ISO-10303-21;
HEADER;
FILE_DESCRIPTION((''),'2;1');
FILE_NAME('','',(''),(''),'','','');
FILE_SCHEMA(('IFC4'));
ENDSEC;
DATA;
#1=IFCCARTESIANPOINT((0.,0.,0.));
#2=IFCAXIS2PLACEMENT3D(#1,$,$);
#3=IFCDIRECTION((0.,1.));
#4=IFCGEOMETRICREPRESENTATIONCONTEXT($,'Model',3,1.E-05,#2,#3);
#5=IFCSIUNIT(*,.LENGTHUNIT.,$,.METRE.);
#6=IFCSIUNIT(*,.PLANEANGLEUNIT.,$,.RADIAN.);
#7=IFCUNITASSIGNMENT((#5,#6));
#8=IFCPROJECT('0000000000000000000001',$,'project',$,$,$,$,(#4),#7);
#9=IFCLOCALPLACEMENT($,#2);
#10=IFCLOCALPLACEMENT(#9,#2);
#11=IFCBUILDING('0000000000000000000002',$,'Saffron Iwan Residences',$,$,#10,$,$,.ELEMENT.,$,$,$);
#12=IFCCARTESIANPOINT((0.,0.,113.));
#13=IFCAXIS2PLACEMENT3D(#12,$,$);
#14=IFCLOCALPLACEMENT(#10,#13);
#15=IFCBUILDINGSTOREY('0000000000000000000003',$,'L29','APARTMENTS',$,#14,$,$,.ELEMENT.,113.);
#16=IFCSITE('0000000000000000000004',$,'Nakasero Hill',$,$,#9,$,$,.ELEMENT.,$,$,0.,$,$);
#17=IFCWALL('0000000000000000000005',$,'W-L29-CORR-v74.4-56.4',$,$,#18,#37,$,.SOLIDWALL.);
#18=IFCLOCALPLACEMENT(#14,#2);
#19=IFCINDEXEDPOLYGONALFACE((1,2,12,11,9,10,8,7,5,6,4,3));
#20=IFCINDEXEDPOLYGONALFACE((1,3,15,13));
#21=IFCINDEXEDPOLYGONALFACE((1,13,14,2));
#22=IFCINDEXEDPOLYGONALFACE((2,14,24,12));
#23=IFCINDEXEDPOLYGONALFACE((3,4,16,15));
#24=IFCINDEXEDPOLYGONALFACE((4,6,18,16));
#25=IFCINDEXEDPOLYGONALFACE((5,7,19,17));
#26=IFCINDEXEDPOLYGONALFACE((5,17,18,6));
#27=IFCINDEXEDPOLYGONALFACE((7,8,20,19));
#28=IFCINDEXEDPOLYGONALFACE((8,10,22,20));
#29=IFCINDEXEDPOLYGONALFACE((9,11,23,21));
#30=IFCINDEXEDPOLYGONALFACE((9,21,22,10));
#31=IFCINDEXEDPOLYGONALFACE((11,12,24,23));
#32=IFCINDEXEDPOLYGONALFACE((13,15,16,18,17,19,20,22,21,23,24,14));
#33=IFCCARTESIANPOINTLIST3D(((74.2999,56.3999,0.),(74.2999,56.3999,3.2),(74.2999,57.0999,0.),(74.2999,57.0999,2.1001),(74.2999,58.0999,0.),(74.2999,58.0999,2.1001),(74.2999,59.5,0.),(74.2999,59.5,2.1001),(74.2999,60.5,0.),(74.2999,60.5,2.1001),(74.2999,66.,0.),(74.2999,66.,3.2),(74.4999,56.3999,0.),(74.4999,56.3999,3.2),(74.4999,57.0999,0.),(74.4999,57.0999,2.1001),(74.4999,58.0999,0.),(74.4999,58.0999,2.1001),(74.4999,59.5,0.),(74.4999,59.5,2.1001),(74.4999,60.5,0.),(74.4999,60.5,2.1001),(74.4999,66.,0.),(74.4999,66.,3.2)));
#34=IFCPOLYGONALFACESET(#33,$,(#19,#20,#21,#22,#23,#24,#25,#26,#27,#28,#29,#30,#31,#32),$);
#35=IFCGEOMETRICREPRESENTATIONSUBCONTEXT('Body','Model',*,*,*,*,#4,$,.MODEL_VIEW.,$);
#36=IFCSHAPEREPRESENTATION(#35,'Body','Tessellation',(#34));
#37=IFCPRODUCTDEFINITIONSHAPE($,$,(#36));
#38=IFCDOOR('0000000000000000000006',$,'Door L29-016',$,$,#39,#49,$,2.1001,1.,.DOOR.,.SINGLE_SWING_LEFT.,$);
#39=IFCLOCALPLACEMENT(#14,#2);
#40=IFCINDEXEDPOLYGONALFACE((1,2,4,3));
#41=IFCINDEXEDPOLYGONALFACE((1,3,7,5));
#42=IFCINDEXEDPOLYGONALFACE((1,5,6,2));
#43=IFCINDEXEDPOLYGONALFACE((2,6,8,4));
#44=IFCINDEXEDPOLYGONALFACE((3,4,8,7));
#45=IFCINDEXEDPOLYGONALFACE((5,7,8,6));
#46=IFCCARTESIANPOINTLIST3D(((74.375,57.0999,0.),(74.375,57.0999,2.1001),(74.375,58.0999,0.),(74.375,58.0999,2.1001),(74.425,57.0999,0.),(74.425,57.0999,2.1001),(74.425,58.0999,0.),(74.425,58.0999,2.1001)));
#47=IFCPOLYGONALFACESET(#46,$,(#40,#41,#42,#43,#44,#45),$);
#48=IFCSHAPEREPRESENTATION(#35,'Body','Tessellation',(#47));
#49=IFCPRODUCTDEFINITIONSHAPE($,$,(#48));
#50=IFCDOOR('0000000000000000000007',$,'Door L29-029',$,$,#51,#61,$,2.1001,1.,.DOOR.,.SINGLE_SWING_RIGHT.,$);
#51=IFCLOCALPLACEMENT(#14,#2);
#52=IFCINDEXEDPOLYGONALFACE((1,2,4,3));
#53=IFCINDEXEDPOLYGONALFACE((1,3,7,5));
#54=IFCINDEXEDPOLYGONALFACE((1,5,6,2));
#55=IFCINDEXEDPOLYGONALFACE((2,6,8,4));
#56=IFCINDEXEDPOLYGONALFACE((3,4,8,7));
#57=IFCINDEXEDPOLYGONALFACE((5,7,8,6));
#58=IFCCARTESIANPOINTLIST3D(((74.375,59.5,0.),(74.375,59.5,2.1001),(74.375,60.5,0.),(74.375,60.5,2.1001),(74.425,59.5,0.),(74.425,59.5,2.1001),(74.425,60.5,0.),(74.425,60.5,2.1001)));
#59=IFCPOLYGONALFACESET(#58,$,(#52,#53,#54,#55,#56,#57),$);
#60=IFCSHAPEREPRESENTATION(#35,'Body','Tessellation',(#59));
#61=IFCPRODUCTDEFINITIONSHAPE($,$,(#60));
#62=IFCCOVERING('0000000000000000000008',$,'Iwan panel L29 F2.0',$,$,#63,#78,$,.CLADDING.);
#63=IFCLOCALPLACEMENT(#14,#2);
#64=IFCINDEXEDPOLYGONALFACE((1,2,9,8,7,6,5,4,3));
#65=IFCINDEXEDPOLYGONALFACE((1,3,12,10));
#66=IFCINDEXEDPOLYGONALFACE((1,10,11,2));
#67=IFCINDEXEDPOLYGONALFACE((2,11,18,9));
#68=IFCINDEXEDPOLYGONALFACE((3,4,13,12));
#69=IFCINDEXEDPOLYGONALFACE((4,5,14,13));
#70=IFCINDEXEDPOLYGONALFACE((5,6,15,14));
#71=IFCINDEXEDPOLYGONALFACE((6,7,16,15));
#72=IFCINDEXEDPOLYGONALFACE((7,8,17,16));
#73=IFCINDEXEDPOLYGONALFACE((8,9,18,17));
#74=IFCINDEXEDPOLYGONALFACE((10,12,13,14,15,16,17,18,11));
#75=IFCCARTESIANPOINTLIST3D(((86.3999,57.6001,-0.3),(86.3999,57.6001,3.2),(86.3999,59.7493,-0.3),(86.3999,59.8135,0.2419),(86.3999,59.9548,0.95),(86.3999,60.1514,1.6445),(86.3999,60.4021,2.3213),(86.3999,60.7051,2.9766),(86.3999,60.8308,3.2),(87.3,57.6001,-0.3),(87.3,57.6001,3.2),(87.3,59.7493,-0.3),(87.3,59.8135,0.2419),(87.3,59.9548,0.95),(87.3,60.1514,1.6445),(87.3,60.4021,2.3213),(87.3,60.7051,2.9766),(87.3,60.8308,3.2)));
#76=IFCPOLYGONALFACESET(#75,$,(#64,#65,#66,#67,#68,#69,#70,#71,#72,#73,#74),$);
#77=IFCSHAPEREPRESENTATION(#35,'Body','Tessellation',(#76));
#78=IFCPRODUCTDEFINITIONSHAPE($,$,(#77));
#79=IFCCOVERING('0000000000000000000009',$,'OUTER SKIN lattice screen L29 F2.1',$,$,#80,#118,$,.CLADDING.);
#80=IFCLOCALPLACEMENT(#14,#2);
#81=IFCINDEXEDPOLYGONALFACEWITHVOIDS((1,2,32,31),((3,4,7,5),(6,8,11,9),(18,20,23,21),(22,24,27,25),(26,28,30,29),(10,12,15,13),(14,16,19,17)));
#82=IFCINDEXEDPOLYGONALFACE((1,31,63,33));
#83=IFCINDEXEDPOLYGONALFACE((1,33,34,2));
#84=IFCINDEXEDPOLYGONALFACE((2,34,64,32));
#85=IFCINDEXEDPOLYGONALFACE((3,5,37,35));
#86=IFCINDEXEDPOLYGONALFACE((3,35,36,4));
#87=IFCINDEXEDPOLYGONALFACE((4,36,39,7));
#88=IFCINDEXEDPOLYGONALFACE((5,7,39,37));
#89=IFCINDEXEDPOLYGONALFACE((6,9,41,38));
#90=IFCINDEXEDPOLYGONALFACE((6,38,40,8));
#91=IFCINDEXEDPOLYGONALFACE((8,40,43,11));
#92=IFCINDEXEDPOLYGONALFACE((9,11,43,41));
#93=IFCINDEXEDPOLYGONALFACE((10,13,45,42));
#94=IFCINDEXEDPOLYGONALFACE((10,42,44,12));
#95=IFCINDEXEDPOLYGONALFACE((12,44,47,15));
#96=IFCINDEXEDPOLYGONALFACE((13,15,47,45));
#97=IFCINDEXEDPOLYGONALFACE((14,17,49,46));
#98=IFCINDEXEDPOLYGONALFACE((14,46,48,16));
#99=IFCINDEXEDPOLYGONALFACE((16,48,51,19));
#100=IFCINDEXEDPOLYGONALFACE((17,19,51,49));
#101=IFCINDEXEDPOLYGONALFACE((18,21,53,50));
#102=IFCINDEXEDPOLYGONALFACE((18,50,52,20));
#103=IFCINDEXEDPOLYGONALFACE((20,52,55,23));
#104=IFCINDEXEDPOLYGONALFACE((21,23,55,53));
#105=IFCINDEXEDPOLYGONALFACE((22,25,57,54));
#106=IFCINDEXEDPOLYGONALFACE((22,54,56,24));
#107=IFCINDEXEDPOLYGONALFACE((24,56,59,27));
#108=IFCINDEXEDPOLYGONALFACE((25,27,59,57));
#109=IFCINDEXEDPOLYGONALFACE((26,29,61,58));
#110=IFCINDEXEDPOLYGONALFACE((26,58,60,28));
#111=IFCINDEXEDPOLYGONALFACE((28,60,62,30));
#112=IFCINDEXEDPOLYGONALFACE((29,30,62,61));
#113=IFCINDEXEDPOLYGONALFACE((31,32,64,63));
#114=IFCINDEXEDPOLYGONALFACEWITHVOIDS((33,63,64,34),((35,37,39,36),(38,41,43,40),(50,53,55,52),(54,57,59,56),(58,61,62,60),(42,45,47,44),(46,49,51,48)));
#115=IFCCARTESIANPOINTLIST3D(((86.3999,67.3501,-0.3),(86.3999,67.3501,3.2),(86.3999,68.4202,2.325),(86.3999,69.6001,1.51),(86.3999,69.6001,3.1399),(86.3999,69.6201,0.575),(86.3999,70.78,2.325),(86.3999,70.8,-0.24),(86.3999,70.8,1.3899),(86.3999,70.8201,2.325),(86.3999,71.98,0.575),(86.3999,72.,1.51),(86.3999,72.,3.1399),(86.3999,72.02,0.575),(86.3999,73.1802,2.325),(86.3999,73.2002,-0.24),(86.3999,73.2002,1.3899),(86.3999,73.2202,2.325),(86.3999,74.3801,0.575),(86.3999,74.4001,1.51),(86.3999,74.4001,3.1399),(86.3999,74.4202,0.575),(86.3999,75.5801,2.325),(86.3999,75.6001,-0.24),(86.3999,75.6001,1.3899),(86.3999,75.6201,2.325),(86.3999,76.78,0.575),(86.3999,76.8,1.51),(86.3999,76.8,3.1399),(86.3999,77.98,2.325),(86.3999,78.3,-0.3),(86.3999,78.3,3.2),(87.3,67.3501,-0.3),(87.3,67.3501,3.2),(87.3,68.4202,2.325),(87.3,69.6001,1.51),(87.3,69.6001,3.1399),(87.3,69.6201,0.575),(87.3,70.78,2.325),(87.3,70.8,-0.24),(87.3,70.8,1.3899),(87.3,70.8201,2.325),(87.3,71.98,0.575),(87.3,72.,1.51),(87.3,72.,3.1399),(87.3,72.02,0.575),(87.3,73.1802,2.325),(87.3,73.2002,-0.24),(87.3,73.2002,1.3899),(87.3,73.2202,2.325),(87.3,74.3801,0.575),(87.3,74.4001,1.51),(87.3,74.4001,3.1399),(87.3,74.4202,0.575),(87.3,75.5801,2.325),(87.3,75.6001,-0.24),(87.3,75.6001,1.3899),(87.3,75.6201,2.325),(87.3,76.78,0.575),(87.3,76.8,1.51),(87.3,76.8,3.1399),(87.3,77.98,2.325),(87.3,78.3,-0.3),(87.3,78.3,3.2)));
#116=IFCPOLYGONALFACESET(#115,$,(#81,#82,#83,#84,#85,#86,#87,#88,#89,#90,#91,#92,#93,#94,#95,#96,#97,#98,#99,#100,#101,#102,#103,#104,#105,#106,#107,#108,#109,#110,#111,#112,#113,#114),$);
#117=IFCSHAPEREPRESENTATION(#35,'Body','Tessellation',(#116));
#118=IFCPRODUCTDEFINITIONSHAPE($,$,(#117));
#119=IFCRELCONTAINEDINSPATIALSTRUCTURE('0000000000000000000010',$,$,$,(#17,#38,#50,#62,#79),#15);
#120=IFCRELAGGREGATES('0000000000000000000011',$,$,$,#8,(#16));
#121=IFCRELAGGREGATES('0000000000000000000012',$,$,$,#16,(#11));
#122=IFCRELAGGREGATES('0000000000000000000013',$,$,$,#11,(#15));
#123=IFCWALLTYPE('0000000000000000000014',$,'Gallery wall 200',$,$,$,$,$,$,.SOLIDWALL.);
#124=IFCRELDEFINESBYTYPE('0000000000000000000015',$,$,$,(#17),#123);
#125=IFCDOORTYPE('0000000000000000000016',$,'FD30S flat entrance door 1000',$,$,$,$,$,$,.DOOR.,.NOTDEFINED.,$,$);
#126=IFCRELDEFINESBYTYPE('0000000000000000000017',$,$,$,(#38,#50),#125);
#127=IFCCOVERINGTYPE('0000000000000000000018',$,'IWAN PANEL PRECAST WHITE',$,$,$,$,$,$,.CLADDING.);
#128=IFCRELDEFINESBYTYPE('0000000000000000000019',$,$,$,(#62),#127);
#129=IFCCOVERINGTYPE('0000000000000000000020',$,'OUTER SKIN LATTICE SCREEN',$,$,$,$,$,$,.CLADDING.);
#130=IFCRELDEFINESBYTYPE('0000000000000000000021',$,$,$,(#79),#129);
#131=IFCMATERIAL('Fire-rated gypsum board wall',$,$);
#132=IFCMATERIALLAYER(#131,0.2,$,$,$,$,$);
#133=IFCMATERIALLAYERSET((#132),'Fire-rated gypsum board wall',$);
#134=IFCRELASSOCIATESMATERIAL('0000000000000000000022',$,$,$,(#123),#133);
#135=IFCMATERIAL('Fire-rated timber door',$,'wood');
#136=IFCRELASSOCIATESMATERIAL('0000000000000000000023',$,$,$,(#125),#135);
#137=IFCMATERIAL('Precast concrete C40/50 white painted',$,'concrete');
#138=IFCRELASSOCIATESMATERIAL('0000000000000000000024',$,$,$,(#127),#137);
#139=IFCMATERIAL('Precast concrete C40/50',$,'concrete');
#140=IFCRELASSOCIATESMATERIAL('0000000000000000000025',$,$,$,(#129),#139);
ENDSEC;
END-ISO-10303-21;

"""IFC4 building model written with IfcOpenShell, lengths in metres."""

from ifc_helpers import new_model, si_unit, direction, frame, frame_2d, origin, place, context, subcontext, project, spatial, polyline, rectangle, outline, extrude, material, layer, layer_set, type_object, element, fill, save


model = new_model("IFC4")

# Units and contexts
model_context = context("Model", 3, precision=1e-05, world=origin(), true_north=direction((0.0, 1.0)))
body_context = subcontext(model_context, "Body", "Model", "MODEL_VIEW")
ifc_project = project(units=[si_unit("LENGTHUNIT", "METRE"), si_unit("PLANEANGLEUNIT", "RADIAN")], contexts=[model_context])

# Site, building, storey
site_placement = place(None, origin())
site = spatial("IfcSite", under=ifc_project, at=site_placement, Name="Nakasero Hill", CompositionType="ELEMENT", RefElevation=0.0)
building_placement = place(site_placement, origin())
building = spatial("IfcBuilding", under=site, at=building_placement, Name="Saffron Iwan Residences", CompositionType="ELEMENT")
storey_placement = place(building_placement, frame((0.0, 0.0, 113.0)))
storey = spatial("IfcBuildingStorey", under=building, at=storey_placement, Name="L29", Description="APARTMENTS", CompositionType="ELEMENT", Elevation=113.0)

# Shared definitions
ifc_material_1 = material(Name="Fire-rated gypsum board wall")

# Shared definitions
ifc_layer_1 = layer(ifc_material_1, 0.2)
ifc_layer_set_1 = layer_set([ifc_layer_1], Name="Fire-rated gypsum board wall")
wall_type_1 = type_object("IfcWallType", Name="Gallery wall 200", PredefinedType="SOLIDWALL", material=ifc_layer_set_1)

# Wall, openings, doors
wall_1_placement = place(storey_placement, frame((74.3999, 56.3999, 0.0), z_axis=(0.0, 0.0, 1.0), x_axis=(0.0, 1.0, 0.0)))
wall_1 = element("IfcWall", 1, at=wall_1_placement, inside=storey, type_object=wall_type_1, Name="W-L29-CORR-v74.4-56.4", PredefinedType="SOLIDWALL", context=body_context, shape_type="SweptSolid", body=[
    extrude(rectangle(XDim=9.6001, YDim=0.2, at=frame_2d((4.8, 0.0))), origin(), (0.0, 0.0, 1.0), 3.2),
])
opening_1_placement = place(wall_1_placement, frame((0.7, 0.0, 0.0)))
opening_1 = element("IfcOpeningElement", 2, at=opening_1_placement, cuts=wall_1, PredefinedType="OPENING", context=body_context, shape_type="SweptSolid", body=[
    extrude(rectangle(XDim=1.0, YDim=2.1001, at=frame_2d((0.5, 1.05))), frame((0.0, 0.1099, 0.0), z_axis=(0.0, -1.0, 0.0), x_axis=(1.0, 0.0, 0.0)), (0.0, 0.0, 1.0), 0.22),
])
opening_2_placement = place(wall_1_placement, frame((3.1001, 0.0, 0.0)))
opening_2 = element("IfcOpeningElement", 3, at=opening_2_placement, cuts=wall_1, PredefinedType="OPENING", context=body_context, shape_type="SweptSolid", body=[
    extrude(rectangle(XDim=1.0, YDim=2.1001, at=frame_2d((0.5, 1.05))), frame((0.0, 0.1099, 0.0), z_axis=(0.0, -1.0, 0.0), x_axis=(1.0, 0.0, 0.0)), (0.0, 0.0, 1.0), 0.22),
])
ifc_material_2 = material(Name="Fire-rated timber door", Category="wood")
door_type_1 = type_object("IfcDoorType", Name="FD30S flat entrance door 1000", OperationType="NOTDEFINED", PredefinedType="DOOR", material=ifc_material_2)
door_1_placement = place(opening_1_placement, origin())
door_1 = element("IfcDoor", 4, at=door_1_placement, inside=storey, type_object=door_type_1, Name="Door L29-016", OperationType="SINGLE_SWING_LEFT", OverallHeight=2.1001, OverallWidth=1.0, PredefinedType="DOOR", context=body_context, shape_type="SweptSolid", body=[
    extrude(rectangle(XDim=1.0, YDim=2.1001, at=frame_2d((0.5, 1.05))), frame((0.0, 0.0249, 0.0), z_axis=(0.0, -1.0, 0.0), x_axis=(1.0, 0.0, 0.0)), (0.0, 0.0, 1.0), 0.05),
])
fill(opening_1, door_1)
door_2_placement = place(opening_2_placement, origin())
door_2 = element("IfcDoor", 5, at=door_2_placement, inside=storey, type_object=door_type_1, Name="Door L29-029", OperationType="SINGLE_SWING_RIGHT", OverallHeight=2.1001, OverallWidth=1.0, PredefinedType="DOOR", context=body_context, shape_type="SweptSolid", body=[
    extrude(rectangle(XDim=1.0, YDim=2.1001, at=frame_2d((0.5, 1.05))), frame((0.0, 0.0249, 0.0), z_axis=(0.0, -1.0, 0.0), x_axis=(1.0, 0.0, 0.0)), (0.0, 0.0, 1.0), 0.05),
])
fill(opening_2, door_2)

# Coverings
ifc_material_3 = material(Name="Precast concrete C40/50 white painted", Category="concrete")
covering_type_1 = type_object("IfcCoveringType", Name="IWAN PANEL PRECAST WHITE", PredefinedType="CLADDING", material=ifc_material_3)
covering_1_placement = place(storey_placement, frame((86.3999, 57.6001, -0.3), z_axis=(1.0, 0.0, 0.0), x_axis=(0.0, 1.0, 0.0)))
element("IfcCovering", 6, at=covering_1_placement, inside=storey, type_object=covering_type_1, Name="Iwan panel L29 F2.0", PredefinedType="CLADDING", context=body_context, shape_type="SweptSolid", body=[
    extrude(outline(polyline([(0.0, 0.0), (0.0, 3.5), (3.2307, 3.5), (3.105, 3.2766), (2.802, 2.6213), (2.5513, 1.9446), (2.3547, 1.25), (2.2134, 0.542), (2.1492, 0.0), (0.0, 0.0)])), origin(), (0.0, 0.0, 1.0), 0.9001),
])
ifc_material_4 = material(Name="Precast concrete C40/50", Category="concrete")
covering_type_2 = type_object("IfcCoveringType", Name="OUTER SKIN LATTICE SCREEN", PredefinedType="CLADDING", material=ifc_material_4)
covering_2_placement = place(storey_placement, frame((86.3999, 67.3501, -0.3), z_axis=(1.0, 0.0, 0.0), x_axis=(0.0, 1.0, 0.0)))
element("IfcCovering", 7, at=covering_2_placement, inside=storey, type_object=covering_type_2, Name="OUTER SKIN lattice screen L29 F2.1", PredefinedType="CLADDING", context=body_context, shape_type="SweptSolid", body=[
    extrude(outline(polyline([(0.0, 0.0), (10.95, 0.0), (10.95, 3.5), (0.0, 3.5), (0.0, 0.0)]), holes=[polyline([(2.27, 0.875), (3.45, 0.0601), (4.6299, 0.875), (3.45, 1.6899), (2.27, 0.875)]), polyline([(4.6699, 0.875), (5.8501, 0.0601), (7.03, 0.875), (5.8501, 1.6899), (4.6699, 0.875)]), polyline([(7.0701, 0.875), (8.25, 0.0601), (9.4299, 0.875), (8.25, 1.6899), (7.0701, 0.875)]), polyline([(1.0701, 2.625), (2.25, 1.8101), (3.4299, 2.625), (2.25, 3.4399), (1.0701, 2.625)]), polyline([(3.47, 2.625), (4.6499, 1.8101), (5.8301, 2.625), (4.6499, 3.4399), (3.47, 2.625)]), polyline([(5.8701, 2.625), (7.05, 1.8101), (8.23, 2.625), (7.05, 3.4399), (5.8701, 2.625)]), polyline([(8.27, 2.625), (9.45, 1.8101), (10.6299, 2.625), (9.45, 3.4399), (8.27, 2.625)])]), origin(), (0.0, 0.0, 1.0), 0.9001),
])

save(model, "model.ifc")
